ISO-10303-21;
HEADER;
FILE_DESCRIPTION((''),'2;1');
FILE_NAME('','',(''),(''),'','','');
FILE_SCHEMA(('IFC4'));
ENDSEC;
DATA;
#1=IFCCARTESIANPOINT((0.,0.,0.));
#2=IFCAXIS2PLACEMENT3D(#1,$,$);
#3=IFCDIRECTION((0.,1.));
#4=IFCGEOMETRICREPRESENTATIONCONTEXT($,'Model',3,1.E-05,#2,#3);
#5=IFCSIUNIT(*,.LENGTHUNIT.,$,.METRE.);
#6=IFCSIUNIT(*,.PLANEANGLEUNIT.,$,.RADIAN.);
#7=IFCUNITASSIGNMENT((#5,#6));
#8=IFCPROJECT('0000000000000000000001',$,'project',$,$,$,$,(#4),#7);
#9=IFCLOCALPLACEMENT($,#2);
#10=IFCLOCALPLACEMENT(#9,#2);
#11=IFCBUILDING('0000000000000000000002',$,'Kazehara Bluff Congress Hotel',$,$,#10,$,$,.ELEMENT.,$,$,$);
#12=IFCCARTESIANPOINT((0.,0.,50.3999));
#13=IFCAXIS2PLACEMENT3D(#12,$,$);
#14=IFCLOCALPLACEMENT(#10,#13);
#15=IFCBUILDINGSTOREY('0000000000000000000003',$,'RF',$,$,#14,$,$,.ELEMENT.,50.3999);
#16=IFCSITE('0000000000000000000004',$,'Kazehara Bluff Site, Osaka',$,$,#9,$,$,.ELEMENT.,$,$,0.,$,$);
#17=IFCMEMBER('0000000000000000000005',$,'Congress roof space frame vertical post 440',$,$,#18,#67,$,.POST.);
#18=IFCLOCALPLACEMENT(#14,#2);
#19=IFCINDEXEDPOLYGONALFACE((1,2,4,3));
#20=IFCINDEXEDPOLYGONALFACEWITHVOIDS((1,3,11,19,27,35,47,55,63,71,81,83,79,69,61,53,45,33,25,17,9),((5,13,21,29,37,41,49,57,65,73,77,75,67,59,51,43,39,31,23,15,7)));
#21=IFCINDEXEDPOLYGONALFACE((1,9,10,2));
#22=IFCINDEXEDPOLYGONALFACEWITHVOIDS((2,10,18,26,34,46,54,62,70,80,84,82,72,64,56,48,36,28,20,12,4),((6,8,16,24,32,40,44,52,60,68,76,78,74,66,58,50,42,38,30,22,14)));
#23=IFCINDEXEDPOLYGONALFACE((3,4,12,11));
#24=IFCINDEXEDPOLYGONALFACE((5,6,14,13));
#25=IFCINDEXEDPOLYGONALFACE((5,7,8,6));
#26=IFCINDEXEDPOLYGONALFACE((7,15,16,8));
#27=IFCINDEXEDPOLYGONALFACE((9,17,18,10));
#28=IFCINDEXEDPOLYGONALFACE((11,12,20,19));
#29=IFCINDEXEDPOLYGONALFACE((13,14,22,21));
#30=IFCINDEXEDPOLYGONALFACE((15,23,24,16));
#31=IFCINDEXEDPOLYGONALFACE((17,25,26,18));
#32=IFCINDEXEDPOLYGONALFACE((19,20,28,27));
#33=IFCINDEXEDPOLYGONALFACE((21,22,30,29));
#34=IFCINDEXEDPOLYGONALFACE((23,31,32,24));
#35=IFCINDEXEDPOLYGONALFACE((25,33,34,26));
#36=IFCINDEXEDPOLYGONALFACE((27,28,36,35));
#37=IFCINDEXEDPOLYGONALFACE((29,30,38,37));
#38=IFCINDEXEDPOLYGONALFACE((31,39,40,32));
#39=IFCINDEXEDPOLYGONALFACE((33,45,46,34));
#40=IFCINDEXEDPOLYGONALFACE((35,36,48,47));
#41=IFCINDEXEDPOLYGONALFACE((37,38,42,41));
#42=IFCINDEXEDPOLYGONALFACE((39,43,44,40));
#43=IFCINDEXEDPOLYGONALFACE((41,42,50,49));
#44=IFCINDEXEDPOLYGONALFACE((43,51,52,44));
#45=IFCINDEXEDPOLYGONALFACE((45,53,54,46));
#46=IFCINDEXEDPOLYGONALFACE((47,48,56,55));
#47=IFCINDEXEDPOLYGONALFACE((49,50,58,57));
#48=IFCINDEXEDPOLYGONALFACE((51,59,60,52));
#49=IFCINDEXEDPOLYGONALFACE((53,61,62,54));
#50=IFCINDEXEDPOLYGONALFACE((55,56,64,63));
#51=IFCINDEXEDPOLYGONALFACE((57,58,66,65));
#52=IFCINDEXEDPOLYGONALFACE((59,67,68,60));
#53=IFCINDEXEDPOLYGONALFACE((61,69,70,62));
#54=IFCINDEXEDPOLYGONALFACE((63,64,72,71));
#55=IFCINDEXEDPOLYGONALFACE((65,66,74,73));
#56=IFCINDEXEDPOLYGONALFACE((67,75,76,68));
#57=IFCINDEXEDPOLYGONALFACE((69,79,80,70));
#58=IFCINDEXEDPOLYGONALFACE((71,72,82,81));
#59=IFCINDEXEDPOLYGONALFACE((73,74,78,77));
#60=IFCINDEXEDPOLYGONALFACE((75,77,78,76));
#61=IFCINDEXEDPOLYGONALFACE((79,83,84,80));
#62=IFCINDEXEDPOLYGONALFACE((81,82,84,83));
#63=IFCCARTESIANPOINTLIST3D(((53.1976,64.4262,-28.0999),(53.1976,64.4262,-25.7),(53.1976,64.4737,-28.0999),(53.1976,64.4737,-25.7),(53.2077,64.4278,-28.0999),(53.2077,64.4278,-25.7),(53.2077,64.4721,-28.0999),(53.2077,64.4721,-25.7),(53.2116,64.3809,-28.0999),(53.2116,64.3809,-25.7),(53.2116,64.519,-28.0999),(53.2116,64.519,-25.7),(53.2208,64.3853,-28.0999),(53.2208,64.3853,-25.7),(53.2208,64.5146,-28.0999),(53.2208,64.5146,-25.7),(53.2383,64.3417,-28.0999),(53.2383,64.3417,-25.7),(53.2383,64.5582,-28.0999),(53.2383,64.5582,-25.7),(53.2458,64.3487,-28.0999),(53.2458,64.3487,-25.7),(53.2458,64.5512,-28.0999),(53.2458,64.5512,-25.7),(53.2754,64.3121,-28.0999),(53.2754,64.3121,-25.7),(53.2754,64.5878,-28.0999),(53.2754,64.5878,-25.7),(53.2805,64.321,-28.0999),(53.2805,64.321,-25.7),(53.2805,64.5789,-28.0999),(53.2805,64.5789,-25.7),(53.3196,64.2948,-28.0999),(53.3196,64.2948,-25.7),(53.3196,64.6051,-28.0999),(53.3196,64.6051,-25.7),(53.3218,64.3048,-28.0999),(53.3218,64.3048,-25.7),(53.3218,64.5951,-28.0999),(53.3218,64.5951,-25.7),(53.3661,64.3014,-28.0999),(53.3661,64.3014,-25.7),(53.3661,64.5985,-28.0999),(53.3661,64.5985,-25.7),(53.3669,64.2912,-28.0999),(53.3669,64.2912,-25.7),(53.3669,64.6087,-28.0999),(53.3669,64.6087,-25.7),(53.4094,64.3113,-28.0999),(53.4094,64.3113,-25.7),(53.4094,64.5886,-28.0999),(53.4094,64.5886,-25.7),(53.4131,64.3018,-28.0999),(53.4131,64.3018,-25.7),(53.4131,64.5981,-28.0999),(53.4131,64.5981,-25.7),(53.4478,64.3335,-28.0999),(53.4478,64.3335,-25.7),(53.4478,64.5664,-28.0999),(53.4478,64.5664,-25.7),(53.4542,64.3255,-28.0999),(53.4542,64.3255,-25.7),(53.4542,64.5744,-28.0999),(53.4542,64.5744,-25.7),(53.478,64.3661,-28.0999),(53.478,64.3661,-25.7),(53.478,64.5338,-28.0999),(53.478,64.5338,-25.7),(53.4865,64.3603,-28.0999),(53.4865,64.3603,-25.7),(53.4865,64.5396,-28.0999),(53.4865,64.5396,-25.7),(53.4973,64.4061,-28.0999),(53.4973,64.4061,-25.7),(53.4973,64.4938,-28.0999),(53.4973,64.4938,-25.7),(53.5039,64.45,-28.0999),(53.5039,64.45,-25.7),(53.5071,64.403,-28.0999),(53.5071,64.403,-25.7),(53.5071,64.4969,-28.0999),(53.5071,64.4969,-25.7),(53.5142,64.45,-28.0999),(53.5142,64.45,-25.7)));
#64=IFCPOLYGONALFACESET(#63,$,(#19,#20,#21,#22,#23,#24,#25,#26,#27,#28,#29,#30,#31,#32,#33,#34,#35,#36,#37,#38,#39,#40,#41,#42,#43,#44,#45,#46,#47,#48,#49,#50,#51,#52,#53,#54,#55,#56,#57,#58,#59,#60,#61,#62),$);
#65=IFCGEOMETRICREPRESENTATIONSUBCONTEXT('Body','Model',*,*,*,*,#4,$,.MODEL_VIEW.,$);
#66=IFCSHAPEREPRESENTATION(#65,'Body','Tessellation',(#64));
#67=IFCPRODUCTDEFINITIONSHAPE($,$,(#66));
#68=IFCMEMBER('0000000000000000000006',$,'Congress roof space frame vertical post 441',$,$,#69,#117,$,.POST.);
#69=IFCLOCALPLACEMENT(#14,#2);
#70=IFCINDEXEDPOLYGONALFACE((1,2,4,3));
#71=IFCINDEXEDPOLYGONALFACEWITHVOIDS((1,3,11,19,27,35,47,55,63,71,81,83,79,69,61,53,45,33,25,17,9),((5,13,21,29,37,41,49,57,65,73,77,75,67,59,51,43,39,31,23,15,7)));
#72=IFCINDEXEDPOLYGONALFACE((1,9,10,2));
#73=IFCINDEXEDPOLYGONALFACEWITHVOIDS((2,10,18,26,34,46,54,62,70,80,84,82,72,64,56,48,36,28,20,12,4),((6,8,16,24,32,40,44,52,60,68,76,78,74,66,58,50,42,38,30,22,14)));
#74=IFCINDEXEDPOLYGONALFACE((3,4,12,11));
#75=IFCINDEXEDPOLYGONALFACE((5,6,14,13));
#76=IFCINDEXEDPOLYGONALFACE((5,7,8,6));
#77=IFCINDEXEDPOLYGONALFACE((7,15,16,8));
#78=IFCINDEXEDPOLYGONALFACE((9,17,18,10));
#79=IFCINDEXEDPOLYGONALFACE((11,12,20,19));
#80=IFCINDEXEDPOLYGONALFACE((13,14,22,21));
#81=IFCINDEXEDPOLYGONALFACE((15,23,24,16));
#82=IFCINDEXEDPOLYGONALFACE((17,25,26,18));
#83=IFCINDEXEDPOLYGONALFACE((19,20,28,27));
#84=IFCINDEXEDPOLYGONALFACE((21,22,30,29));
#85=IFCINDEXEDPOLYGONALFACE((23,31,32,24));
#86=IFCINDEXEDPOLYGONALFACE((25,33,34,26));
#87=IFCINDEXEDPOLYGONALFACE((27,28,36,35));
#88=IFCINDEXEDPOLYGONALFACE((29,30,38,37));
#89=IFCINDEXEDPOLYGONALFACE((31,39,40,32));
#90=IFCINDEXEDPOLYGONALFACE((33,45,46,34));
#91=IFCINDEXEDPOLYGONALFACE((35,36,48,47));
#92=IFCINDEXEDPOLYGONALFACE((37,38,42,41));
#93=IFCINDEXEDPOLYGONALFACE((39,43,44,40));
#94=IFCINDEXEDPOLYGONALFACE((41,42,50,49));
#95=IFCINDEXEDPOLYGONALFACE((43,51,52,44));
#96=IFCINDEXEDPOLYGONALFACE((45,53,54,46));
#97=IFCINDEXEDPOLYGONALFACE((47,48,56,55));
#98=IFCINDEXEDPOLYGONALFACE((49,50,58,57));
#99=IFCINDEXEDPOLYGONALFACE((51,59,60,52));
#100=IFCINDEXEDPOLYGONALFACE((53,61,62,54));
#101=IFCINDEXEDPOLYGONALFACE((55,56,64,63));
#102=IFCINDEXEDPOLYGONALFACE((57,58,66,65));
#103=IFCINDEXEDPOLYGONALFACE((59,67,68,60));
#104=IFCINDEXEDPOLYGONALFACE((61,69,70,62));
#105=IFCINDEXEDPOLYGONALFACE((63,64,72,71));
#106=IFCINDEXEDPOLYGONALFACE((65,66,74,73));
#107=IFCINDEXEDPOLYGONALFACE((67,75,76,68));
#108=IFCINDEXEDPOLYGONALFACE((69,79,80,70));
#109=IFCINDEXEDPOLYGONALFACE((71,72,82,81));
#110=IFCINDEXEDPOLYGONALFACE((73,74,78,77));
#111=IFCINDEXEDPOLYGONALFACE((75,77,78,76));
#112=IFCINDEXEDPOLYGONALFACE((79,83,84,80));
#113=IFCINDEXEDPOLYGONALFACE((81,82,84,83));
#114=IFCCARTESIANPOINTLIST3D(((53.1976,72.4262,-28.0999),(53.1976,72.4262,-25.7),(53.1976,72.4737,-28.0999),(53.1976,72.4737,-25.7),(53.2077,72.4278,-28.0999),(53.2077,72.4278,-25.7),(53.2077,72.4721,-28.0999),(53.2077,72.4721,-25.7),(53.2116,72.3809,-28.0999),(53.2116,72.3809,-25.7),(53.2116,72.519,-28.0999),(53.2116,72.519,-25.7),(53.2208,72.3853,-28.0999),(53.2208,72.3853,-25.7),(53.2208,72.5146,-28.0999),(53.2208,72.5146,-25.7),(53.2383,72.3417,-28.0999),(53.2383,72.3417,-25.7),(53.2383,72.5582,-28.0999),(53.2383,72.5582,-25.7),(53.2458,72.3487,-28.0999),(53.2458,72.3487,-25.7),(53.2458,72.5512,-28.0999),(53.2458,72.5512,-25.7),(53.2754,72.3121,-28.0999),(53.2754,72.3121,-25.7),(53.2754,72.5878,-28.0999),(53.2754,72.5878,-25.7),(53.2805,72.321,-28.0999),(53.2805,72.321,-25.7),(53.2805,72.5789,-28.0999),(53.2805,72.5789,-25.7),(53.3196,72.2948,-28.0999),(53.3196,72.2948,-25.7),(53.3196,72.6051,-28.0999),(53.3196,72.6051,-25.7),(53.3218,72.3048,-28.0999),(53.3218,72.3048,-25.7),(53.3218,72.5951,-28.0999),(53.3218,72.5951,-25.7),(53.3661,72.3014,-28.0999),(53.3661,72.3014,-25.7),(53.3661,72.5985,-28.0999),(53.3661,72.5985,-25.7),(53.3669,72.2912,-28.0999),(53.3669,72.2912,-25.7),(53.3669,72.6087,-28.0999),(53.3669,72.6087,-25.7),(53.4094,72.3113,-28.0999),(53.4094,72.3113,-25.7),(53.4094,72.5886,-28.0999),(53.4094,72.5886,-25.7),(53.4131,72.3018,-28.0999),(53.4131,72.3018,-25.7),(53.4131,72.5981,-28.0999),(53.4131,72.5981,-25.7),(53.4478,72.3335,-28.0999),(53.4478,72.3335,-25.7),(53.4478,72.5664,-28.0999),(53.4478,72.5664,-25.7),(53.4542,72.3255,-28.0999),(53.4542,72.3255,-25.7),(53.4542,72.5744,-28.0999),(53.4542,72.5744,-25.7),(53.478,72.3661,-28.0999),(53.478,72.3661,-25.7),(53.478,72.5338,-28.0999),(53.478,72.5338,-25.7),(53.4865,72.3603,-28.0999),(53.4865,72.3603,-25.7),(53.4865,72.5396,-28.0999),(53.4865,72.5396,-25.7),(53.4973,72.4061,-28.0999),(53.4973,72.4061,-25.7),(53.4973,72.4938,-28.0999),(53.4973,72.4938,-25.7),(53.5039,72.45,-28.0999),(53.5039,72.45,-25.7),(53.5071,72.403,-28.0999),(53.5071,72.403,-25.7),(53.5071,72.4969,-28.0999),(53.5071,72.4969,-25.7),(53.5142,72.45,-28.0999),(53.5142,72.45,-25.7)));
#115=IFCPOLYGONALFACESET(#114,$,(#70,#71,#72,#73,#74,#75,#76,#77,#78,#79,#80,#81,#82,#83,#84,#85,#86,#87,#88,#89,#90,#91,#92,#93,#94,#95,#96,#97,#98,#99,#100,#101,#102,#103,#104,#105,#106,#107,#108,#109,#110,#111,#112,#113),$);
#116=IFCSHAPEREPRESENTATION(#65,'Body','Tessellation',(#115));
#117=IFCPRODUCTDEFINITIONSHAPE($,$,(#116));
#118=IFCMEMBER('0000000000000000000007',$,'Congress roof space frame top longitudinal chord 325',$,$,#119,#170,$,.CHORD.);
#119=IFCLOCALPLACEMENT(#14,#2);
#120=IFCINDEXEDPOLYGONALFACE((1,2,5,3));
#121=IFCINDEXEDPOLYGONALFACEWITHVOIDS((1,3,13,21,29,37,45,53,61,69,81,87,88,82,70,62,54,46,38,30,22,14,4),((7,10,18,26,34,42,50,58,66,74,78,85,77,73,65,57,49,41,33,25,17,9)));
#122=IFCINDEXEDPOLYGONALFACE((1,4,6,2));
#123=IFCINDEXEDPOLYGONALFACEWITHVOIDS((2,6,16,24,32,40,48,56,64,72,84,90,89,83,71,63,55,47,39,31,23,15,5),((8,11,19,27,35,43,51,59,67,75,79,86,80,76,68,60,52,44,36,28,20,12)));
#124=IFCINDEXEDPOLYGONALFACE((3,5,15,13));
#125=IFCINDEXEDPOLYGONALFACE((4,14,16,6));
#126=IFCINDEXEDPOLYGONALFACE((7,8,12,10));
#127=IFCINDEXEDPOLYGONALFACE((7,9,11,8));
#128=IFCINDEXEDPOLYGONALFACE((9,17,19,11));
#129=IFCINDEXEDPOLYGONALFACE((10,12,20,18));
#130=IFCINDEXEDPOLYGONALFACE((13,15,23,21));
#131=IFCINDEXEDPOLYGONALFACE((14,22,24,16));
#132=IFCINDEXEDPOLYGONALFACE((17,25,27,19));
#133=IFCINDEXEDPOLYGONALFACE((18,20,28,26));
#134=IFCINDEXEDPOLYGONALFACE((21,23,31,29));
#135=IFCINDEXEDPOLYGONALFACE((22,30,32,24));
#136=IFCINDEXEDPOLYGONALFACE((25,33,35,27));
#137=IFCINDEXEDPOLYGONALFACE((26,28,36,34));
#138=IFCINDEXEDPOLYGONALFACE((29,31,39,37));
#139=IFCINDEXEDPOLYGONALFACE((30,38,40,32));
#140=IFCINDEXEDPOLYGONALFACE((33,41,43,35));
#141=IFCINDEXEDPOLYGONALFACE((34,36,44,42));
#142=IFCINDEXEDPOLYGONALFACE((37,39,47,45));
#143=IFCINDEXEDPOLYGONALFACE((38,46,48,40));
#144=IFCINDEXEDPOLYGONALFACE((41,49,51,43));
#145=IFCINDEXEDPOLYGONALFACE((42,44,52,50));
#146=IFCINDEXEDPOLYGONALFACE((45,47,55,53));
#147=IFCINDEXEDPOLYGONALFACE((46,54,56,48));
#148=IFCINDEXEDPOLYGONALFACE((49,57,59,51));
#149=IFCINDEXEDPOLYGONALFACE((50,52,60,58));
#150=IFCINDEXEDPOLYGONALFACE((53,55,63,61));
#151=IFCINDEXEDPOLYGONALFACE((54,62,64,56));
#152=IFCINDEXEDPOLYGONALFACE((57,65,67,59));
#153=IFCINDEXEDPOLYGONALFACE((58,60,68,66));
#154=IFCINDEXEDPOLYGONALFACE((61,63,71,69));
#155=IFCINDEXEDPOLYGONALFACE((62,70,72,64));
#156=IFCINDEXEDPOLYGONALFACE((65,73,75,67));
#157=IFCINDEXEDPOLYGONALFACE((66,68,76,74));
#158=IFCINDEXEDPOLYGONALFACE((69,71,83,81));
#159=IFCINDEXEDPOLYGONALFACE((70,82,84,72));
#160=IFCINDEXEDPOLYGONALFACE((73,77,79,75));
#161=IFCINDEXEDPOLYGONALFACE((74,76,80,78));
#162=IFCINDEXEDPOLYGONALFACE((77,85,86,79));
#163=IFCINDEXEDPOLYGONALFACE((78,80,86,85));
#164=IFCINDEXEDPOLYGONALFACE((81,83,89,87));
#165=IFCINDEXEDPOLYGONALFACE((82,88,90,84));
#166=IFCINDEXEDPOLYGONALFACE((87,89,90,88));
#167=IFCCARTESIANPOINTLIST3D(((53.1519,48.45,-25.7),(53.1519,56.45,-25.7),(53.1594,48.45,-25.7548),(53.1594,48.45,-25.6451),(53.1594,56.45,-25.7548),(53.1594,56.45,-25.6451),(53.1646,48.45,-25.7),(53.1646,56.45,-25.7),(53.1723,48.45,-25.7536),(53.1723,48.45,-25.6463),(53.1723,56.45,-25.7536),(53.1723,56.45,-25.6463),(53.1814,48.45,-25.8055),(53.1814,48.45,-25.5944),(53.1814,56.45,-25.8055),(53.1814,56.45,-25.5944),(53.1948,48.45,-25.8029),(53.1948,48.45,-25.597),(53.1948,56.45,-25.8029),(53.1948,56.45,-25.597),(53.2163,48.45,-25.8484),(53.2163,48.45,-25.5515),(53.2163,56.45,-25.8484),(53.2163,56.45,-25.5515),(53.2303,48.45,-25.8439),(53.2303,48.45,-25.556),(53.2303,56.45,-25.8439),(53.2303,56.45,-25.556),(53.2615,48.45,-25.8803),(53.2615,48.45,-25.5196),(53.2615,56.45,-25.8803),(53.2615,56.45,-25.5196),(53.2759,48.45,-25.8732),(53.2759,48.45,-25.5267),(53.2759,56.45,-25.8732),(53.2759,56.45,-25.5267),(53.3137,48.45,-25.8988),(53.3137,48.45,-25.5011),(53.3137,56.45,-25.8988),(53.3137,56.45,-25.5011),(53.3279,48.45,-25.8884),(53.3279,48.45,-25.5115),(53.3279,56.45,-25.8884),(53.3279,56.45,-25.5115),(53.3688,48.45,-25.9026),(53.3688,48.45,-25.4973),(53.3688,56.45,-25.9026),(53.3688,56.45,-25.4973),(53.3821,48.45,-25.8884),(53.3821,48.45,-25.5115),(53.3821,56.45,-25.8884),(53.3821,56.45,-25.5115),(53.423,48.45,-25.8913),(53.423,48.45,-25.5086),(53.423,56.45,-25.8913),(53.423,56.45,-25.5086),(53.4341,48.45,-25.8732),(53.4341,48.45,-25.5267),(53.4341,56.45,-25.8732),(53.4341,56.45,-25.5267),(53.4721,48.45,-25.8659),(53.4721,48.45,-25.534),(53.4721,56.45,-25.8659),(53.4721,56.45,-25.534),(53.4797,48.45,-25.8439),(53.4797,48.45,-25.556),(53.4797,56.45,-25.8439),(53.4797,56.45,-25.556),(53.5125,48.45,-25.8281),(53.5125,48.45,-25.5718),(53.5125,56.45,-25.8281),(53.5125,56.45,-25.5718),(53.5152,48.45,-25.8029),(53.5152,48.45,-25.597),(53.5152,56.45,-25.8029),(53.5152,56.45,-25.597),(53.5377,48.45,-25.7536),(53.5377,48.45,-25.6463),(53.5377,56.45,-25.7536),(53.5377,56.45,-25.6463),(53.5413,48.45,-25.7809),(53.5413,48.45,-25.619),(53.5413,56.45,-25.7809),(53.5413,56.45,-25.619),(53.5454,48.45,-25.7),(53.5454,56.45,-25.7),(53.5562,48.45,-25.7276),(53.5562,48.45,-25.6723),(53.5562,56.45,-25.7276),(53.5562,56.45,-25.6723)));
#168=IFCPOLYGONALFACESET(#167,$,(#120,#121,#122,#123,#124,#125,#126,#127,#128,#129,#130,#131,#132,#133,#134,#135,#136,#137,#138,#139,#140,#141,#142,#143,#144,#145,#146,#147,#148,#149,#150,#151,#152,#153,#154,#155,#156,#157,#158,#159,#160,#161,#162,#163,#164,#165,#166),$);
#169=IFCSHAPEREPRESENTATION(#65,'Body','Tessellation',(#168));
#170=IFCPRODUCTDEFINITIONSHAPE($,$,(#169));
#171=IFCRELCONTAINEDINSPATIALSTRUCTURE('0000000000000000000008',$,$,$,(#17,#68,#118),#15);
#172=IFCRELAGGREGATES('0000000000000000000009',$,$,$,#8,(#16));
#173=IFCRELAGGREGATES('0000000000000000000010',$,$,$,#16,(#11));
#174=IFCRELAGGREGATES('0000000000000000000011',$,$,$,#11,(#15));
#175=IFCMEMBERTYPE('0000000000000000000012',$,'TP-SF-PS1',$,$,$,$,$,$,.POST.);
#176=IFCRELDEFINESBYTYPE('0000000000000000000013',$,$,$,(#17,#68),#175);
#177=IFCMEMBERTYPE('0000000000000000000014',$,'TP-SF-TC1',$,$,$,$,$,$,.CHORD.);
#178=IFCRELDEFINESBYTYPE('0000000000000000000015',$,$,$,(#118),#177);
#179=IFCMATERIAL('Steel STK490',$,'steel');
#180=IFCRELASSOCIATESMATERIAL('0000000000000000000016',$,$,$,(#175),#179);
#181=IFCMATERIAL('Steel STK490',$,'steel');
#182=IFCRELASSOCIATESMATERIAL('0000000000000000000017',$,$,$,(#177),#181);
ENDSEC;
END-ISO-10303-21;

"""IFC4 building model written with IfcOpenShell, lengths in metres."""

from ifc_helpers import new_model, si_unit, direction, frame, origin, origin_2d, place, context, subcontext, project, spatial, hollow_circle, extrude, material, material_profile, profile_set, type_object, element, save


model = new_model("IFC4")

# Units and contexts
model_context = context("Model", 3, precision=1e-05, world=origin(), true_north=direction((0.0, 1.0)))
body_context = subcontext(model_context, "Body", "Model", "MODEL_VIEW")
ifc_project = project(units=[si_unit("LENGTHUNIT", "METRE"), si_unit("PLANEANGLEUNIT", "RADIAN")], contexts=[model_context])

# Site, building, storey
site_placement = place(None, origin())
site = spatial("IfcSite", under=ifc_project, at=site_placement, Name="Kazehara Bluff Site, Osaka", CompositionType="ELEMENT", RefElevation=0.0)
building_placement = place(site_placement, origin())
building = spatial("IfcBuilding", under=site, at=building_placement, Name="Kazehara Bluff Congress Hotel", CompositionType="ELEMENT")
storey_placement = place(building_placement, frame((0.0, 0.0, 50.3999)))
storey = spatial("IfcBuildingStorey", under=building, at=storey_placement, Name="RF", CompositionType="ELEMENT", Elevation=50.3999)

# Members
ifc_material_1 = material(Name="Steel STK490", Category="steel")
ifc_material_profile_1 = material_profile(ifc_material_1, hollow_circle(Radius=0.1592, WallThickness=0.0103, at=origin_2d()))
ifc_profile_set_1 = profile_set([ifc_material_profile_1], Name="Steel STK490")
member_type_1 = type_object("IfcMemberType", Name="TP-SF-PS1", PredefinedType="POST", material=ifc_profile_set_1)
for number, where, z_axis, x_axis, name in (
    (1, (53.355, 64.45, -28.0999), (0.0, 0.0, 1.0), (1.0, 0.0, 0.0), "Congress roof space frame vertical post 440"),
    (2, (53.355, 72.45, -28.0999), (0.0, 0.0, 1.0), (1.0, 0.0, 0.0), "Congress roof space frame vertical post 441"),
):
    element("IfcMember", number, at=place(storey_placement, frame(where, z_axis=z_axis, x_axis=x_axis)), inside=storey, type_object=member_type_1, Name=name, PredefinedType="POST", context=body_context, shape_type="SweptSolid", body=[
        extrude(hollow_circle(Radius=0.1592, WallThickness=0.0103, at=origin_2d()), origin(), (0.0, 0.0, 1.0), 2.3999),
    ])
ifc_material_2 = material(Name="Steel STK490", Category="steel")
ifc_material_profile_2 = material_profile(ifc_material_2, hollow_circle(Radius=0.2031, WallThickness=0.0127, at=origin_2d()))
ifc_profile_set_2 = profile_set([ifc_material_profile_2], Name="Steel STK490")
member_type_2 = type_object("IfcMemberType", Name="TP-SF-TC1", PredefinedType="CHORD", material=ifc_profile_set_2)
for number, where, z_axis, x_axis, name in (
    (3, (53.355, 48.45, -25.7), (0.0, 1.0, 0.0), (-1.0, 0.0, 0.0), "Congress roof space frame top longitudinal chord 325"),
):
    element("IfcMember", number, at=place(storey_placement, frame(where, z_axis=z_axis, x_axis=x_axis)), inside=storey, type_object=member_type_2, Name=name, PredefinedType="CHORD", context=body_context, shape_type="SweptSolid", body=[
        extrude(hollow_circle(Radius=0.2031, WallThickness=0.0127, at=origin_2d()), origin(), (0.0, 0.0, 1.0), 8.0),
    ])

save(model, "model.ifc")
